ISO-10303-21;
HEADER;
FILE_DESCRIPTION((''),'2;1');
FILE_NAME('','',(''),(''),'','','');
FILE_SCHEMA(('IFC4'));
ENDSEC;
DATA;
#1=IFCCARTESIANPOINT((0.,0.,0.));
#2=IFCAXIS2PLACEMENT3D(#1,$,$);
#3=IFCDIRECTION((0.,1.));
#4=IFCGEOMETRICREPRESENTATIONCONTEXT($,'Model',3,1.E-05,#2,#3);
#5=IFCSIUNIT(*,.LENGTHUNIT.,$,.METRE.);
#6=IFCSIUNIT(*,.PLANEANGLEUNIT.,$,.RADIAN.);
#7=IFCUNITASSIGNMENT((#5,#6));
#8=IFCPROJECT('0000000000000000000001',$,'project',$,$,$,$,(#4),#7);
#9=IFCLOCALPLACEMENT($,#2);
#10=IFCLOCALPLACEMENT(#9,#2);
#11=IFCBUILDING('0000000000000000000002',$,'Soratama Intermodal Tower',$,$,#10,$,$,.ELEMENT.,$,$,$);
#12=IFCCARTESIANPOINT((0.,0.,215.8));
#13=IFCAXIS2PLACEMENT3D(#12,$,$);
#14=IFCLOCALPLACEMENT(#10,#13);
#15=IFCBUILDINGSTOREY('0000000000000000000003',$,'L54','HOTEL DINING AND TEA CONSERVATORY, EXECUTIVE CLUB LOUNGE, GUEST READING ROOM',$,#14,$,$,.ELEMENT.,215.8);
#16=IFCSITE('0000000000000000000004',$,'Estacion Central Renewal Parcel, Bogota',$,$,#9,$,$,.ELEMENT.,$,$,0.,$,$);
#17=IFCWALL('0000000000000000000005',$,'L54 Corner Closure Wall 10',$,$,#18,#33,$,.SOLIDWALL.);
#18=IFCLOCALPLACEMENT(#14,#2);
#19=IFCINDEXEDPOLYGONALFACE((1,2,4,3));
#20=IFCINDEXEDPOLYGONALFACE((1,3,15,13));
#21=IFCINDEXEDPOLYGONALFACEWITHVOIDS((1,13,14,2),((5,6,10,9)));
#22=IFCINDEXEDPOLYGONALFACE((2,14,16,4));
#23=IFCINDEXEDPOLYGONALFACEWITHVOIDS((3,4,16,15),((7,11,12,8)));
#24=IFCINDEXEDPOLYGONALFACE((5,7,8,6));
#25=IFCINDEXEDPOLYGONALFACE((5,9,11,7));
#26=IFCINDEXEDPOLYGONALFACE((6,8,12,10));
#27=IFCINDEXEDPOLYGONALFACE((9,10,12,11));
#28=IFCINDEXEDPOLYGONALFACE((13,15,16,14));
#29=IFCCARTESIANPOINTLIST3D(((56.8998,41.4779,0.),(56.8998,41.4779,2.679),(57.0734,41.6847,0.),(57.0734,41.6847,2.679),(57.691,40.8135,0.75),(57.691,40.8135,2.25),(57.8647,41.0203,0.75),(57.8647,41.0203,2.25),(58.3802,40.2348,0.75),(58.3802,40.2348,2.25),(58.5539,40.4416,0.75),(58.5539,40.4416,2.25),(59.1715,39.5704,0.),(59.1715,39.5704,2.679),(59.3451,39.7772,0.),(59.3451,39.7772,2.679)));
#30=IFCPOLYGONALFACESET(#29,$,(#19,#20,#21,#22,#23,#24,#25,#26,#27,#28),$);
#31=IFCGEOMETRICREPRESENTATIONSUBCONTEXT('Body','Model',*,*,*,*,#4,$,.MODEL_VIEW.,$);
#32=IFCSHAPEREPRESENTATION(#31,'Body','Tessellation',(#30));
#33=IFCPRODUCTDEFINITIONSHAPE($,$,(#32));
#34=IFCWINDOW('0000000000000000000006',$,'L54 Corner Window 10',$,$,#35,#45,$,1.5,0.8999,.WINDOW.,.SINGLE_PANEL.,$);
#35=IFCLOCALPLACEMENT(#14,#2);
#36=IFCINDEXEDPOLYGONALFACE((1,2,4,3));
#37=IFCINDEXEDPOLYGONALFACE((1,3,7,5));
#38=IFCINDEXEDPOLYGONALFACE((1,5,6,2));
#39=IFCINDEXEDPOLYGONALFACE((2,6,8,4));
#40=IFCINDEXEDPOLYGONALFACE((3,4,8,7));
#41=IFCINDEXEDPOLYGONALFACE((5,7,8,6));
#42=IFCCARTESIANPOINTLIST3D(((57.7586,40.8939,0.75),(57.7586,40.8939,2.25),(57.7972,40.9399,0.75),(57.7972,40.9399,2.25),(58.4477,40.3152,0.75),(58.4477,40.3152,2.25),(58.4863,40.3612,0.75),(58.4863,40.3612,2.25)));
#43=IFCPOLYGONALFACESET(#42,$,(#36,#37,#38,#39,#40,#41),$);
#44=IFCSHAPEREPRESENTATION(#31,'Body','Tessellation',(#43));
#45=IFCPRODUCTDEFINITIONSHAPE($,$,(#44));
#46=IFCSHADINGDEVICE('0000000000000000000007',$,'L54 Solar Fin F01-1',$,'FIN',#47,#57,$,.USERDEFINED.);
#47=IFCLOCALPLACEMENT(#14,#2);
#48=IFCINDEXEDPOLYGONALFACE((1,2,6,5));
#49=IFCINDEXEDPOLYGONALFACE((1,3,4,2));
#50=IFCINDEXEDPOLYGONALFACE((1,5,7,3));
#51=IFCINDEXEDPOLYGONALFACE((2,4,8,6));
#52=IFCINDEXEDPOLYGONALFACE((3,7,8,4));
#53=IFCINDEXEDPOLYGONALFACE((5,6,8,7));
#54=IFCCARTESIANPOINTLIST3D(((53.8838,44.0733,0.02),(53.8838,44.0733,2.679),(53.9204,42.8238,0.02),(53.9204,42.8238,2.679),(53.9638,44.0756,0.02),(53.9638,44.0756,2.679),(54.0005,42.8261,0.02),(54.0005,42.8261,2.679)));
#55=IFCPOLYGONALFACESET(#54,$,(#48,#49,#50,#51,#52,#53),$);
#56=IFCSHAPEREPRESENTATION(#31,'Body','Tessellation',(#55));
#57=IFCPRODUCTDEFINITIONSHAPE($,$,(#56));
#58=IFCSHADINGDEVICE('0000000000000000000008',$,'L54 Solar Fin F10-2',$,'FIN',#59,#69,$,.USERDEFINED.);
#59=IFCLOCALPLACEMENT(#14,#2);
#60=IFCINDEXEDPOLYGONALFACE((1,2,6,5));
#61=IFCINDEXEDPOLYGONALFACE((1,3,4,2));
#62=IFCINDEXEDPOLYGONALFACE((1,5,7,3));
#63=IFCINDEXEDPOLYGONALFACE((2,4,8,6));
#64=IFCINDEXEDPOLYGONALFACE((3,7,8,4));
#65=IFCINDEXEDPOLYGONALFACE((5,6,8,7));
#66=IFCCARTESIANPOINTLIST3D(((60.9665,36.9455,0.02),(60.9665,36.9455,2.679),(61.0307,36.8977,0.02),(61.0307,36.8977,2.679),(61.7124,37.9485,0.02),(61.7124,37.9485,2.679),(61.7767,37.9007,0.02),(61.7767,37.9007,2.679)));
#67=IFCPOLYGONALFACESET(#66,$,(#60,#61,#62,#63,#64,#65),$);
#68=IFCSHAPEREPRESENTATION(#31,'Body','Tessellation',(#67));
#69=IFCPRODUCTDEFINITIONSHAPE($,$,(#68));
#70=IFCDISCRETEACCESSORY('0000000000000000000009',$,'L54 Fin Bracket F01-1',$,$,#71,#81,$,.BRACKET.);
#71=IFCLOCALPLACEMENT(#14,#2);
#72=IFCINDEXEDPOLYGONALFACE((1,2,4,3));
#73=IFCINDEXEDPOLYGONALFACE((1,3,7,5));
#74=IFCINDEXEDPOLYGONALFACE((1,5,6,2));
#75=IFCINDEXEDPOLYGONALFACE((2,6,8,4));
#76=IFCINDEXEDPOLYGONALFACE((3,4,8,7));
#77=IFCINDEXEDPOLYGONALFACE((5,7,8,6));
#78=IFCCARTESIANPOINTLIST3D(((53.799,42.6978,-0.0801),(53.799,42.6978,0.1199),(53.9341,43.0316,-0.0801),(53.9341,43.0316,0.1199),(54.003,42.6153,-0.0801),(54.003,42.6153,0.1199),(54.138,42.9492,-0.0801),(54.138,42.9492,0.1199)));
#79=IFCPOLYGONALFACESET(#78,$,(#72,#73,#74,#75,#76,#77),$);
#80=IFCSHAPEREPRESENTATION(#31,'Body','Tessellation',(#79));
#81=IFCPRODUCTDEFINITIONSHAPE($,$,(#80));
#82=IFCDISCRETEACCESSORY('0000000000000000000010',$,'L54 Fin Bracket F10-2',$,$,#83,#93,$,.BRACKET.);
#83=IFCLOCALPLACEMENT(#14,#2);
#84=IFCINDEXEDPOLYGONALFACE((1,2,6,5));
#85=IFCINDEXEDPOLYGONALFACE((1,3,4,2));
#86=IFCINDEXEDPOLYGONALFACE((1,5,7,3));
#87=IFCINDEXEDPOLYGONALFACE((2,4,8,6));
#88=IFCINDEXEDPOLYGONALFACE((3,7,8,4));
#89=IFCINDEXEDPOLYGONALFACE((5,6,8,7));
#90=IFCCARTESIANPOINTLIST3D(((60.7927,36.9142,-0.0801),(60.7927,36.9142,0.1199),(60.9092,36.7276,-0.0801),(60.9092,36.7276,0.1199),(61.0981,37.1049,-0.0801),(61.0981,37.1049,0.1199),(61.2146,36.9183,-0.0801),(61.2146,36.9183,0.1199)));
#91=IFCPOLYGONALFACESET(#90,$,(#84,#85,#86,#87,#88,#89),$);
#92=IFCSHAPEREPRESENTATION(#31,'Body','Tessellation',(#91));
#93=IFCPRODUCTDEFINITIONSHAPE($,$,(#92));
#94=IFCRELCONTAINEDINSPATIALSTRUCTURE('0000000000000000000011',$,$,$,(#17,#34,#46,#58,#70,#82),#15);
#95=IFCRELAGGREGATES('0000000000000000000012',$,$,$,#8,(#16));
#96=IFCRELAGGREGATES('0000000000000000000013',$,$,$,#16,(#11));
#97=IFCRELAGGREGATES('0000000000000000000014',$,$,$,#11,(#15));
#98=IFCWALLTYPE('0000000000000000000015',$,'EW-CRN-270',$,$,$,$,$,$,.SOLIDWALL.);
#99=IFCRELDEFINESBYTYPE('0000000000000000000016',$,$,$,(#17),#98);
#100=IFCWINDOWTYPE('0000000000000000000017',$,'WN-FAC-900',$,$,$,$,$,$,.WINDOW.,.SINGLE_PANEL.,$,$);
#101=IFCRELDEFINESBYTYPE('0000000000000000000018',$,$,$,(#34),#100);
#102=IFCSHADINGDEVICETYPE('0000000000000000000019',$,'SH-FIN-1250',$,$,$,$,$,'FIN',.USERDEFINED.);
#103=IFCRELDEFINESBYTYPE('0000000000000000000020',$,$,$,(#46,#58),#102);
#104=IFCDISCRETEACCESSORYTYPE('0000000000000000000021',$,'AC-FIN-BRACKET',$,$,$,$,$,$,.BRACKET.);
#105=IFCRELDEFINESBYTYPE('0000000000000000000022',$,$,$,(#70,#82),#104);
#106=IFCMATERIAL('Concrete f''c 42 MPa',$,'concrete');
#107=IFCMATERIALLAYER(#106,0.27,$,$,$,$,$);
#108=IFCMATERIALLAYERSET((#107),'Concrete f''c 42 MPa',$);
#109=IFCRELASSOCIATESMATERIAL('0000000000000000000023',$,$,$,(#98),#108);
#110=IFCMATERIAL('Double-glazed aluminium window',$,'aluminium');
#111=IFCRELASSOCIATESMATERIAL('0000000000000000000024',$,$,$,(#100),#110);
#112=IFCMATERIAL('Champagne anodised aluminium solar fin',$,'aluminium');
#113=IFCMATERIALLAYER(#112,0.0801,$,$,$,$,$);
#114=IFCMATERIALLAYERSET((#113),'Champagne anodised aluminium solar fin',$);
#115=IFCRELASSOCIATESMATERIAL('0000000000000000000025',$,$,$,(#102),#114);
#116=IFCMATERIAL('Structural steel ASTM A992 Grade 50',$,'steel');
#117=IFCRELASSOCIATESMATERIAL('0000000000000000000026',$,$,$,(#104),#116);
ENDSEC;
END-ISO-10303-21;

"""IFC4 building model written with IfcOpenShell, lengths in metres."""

from ifc_helpers import new_model, si_unit, direction, frame, frame_2d, origin, origin_2d, place, context, subcontext, project, spatial, rectangle, extrude, material, layer, layer_set, type_object, element, fill, save


model = new_model("IFC4")

# Units and contexts
model_context = context("Model", 3, precision=1e-05, world=origin(), true_north=direction((0.0, 1.0)))
body_context = subcontext(model_context, "Body", "Model", "MODEL_VIEW")
ifc_project = project(units=[si_unit("LENGTHUNIT", "METRE"), si_unit("PLANEANGLEUNIT", "RADIAN")], contexts=[model_context])

# Site, building, storey
site_placement = place(None, origin())
site = spatial("IfcSite", under=ifc_project, at=site_placement, Name="Estacion Central Renewal Parcel, Bogota", CompositionType="ELEMENT", RefElevation=0.0)
building_placement = place(site_placement, origin())
building = spatial("IfcBuilding", under=site, at=building_placement, Name="Soratama Intermodal Tower", CompositionType="ELEMENT")
storey_placement = place(building_placement, frame((0.0, 0.0, 215.8)))
storey = spatial("IfcBuildingStorey", under=building, at=storey_placement, Name="L54", Description="HOTEL DINING AND TEA CONSERVATORY, EXECUTIVE CLUB LOUNGE, GUEST READING ROOM", CompositionType="ELEMENT", Elevation=215.8)

# Wall, opening, window
ifc_material_1 = material(Name="Concrete f'c 42 MPa", Category="concrete")
ifc_layer_1 = layer(ifc_material_1, 0.27)
ifc_layer_set_1 = layer_set([ifc_layer_1], Name="Concrete f'c 42 MPa")
wall_type = type_object("IfcWallType", Name="EW-CRN-270", PredefinedType="SOLIDWALL", material=ifc_layer_set_1)
wall_placement = place(storey_placement, frame((59.2583, 39.6738, 0.0), z_axis=(0.0, 0.0, 1.0), x_axis=(-0.765835, 0.643038, 0.0)))
wall = element("IfcWall", 1, at=wall_placement, inside=storey, type_object=wall_type, Name="L54 Corner Closure Wall 10", PredefinedType="SOLIDWALL", context=body_context, shape_type="SweptSolid", body=[
    extrude(rectangle(XDim=2.9663, YDim=0.27, at=frame_2d((1.4832, 0.0))), origin(), (0.0, 0.0, 1.0), 2.679),
])
opening_placement = place(wall_placement, frame((1.0332, 0.0, 0.75)))
opening = element("IfcOpeningElement", 2, at=opening_placement, cuts=wall, PredefinedType="OPENING", context=body_context, shape_type="SweptSolid", body=[
    extrude(rectangle(XDim=0.8999, YDim=1.5, at=frame_2d((0.45, 0.75))), frame((0.0, 0.145, 0.0), z_axis=(0.0, -1.0, 0.0), x_axis=(1.0, 0.0, 0.0)), (0.0, 0.0, 1.0), 0.29),
])
ifc_material_2 = material(Name="Double-glazed aluminium window", Category="aluminium")
window_type = type_object("IfcWindowType", Name="WN-FAC-900", PartitioningType="SINGLE_PANEL", PredefinedType="WINDOW", material=ifc_material_2)
window_placement = place(opening_placement, origin())
window = element("IfcWindow", 3, at=window_placement, inside=storey, type_object=window_type, Name="L54 Corner Window 10", OverallHeight=1.5, OverallWidth=0.8999, PartitioningType="SINGLE_PANEL", PredefinedType="WINDOW", context=body_context, shape_type="SweptSolid", body=[
    extrude(rectangle(XDim=0.8999, YDim=1.5, at=frame_2d((0.45, 0.75))), frame((0.0, 0.03, 0.0), z_axis=(0.0, -1.0, 0.0), x_axis=(1.0, 0.0, 0.0)), (0.0, 0.0, 1.0), 0.0601),
])
fill(opening, window)

# Shading devices
ifc_material_3 = material(Name="Champagne anodised aluminium solar fin", Category="aluminium")
ifc_layer_2 = layer(ifc_material_3, 0.0801)
ifc_layer_set_2 = layer_set([ifc_layer_2], Name="Champagne anodised aluminium solar fin")
shading_device_type = type_object("IfcShadingDeviceType", Name="SH-FIN-1250", ElementType="FIN", PredefinedType="USERDEFINED", material=ifc_layer_set_2)
for number, where, z_axis, x_axis, name in (
    (4, (53.9421, 43.4497, 0.02), (0.0, 0.0, 1.0), (-0.029317, 0.99957, 0.0), "L54 Solar Fin F01-1"),
    (5, (61.3716, 37.4231, 0.02), (0.0, 0.0, 1.0), (0.596785, 0.802401, 0.0), "L54 Solar Fin F10-2"),
):
    element("IfcShadingDevice", number, at=place(storey_placement, frame(where, z_axis=z_axis, x_axis=x_axis)), inside=storey, type_object=shading_device_type, Name=name, ObjectType="FIN", PredefinedType="USERDEFINED", context=body_context, shape_type="SweptSolid", body=[
        extrude(rectangle(XDim=1.25, YDim=0.0801, at=origin_2d()), origin(), (0.0, 0.0, 1.0), 2.6589),
    ])

# Discrete accessories
ifc_material_4 = material(Name="Structural steel ASTM A992 Grade 50", Category="steel")
discrete_accessory_type = type_object("IfcDiscreteAccessoryType", Name="AC-FIN-BRACKET", PredefinedType="BRACKET", material=ifc_material_4)
for number, where, z_axis, x_axis, name in (
    (6, (53.9685, 42.8235, -0.0801), (0.0, 0.0, 1.0), (0.37493, 0.927053, 0.0), "L54 Fin Bracket F01-1"),
    (7, (61.0037, 36.9163, -0.0801), (0.0, 0.0, 1.0), (0.848233, 0.529623, 0.0), "L54 Fin Bracket F10-2"),
):
    element("IfcDiscreteAccessory", number, at=place(storey_placement, frame(where, z_axis=z_axis, x_axis=x_axis)), inside=storey, type_object=discrete_accessory_type, Name=name, PredefinedType="BRACKET", context=body_context, shape_type="SweptSolid", body=[
        extrude(rectangle(XDim=0.3601, YDim=0.22, at=origin_2d()), origin(), (0.0, 0.0, 1.0), 0.2),
    ])

save(model, "model.ifc")
